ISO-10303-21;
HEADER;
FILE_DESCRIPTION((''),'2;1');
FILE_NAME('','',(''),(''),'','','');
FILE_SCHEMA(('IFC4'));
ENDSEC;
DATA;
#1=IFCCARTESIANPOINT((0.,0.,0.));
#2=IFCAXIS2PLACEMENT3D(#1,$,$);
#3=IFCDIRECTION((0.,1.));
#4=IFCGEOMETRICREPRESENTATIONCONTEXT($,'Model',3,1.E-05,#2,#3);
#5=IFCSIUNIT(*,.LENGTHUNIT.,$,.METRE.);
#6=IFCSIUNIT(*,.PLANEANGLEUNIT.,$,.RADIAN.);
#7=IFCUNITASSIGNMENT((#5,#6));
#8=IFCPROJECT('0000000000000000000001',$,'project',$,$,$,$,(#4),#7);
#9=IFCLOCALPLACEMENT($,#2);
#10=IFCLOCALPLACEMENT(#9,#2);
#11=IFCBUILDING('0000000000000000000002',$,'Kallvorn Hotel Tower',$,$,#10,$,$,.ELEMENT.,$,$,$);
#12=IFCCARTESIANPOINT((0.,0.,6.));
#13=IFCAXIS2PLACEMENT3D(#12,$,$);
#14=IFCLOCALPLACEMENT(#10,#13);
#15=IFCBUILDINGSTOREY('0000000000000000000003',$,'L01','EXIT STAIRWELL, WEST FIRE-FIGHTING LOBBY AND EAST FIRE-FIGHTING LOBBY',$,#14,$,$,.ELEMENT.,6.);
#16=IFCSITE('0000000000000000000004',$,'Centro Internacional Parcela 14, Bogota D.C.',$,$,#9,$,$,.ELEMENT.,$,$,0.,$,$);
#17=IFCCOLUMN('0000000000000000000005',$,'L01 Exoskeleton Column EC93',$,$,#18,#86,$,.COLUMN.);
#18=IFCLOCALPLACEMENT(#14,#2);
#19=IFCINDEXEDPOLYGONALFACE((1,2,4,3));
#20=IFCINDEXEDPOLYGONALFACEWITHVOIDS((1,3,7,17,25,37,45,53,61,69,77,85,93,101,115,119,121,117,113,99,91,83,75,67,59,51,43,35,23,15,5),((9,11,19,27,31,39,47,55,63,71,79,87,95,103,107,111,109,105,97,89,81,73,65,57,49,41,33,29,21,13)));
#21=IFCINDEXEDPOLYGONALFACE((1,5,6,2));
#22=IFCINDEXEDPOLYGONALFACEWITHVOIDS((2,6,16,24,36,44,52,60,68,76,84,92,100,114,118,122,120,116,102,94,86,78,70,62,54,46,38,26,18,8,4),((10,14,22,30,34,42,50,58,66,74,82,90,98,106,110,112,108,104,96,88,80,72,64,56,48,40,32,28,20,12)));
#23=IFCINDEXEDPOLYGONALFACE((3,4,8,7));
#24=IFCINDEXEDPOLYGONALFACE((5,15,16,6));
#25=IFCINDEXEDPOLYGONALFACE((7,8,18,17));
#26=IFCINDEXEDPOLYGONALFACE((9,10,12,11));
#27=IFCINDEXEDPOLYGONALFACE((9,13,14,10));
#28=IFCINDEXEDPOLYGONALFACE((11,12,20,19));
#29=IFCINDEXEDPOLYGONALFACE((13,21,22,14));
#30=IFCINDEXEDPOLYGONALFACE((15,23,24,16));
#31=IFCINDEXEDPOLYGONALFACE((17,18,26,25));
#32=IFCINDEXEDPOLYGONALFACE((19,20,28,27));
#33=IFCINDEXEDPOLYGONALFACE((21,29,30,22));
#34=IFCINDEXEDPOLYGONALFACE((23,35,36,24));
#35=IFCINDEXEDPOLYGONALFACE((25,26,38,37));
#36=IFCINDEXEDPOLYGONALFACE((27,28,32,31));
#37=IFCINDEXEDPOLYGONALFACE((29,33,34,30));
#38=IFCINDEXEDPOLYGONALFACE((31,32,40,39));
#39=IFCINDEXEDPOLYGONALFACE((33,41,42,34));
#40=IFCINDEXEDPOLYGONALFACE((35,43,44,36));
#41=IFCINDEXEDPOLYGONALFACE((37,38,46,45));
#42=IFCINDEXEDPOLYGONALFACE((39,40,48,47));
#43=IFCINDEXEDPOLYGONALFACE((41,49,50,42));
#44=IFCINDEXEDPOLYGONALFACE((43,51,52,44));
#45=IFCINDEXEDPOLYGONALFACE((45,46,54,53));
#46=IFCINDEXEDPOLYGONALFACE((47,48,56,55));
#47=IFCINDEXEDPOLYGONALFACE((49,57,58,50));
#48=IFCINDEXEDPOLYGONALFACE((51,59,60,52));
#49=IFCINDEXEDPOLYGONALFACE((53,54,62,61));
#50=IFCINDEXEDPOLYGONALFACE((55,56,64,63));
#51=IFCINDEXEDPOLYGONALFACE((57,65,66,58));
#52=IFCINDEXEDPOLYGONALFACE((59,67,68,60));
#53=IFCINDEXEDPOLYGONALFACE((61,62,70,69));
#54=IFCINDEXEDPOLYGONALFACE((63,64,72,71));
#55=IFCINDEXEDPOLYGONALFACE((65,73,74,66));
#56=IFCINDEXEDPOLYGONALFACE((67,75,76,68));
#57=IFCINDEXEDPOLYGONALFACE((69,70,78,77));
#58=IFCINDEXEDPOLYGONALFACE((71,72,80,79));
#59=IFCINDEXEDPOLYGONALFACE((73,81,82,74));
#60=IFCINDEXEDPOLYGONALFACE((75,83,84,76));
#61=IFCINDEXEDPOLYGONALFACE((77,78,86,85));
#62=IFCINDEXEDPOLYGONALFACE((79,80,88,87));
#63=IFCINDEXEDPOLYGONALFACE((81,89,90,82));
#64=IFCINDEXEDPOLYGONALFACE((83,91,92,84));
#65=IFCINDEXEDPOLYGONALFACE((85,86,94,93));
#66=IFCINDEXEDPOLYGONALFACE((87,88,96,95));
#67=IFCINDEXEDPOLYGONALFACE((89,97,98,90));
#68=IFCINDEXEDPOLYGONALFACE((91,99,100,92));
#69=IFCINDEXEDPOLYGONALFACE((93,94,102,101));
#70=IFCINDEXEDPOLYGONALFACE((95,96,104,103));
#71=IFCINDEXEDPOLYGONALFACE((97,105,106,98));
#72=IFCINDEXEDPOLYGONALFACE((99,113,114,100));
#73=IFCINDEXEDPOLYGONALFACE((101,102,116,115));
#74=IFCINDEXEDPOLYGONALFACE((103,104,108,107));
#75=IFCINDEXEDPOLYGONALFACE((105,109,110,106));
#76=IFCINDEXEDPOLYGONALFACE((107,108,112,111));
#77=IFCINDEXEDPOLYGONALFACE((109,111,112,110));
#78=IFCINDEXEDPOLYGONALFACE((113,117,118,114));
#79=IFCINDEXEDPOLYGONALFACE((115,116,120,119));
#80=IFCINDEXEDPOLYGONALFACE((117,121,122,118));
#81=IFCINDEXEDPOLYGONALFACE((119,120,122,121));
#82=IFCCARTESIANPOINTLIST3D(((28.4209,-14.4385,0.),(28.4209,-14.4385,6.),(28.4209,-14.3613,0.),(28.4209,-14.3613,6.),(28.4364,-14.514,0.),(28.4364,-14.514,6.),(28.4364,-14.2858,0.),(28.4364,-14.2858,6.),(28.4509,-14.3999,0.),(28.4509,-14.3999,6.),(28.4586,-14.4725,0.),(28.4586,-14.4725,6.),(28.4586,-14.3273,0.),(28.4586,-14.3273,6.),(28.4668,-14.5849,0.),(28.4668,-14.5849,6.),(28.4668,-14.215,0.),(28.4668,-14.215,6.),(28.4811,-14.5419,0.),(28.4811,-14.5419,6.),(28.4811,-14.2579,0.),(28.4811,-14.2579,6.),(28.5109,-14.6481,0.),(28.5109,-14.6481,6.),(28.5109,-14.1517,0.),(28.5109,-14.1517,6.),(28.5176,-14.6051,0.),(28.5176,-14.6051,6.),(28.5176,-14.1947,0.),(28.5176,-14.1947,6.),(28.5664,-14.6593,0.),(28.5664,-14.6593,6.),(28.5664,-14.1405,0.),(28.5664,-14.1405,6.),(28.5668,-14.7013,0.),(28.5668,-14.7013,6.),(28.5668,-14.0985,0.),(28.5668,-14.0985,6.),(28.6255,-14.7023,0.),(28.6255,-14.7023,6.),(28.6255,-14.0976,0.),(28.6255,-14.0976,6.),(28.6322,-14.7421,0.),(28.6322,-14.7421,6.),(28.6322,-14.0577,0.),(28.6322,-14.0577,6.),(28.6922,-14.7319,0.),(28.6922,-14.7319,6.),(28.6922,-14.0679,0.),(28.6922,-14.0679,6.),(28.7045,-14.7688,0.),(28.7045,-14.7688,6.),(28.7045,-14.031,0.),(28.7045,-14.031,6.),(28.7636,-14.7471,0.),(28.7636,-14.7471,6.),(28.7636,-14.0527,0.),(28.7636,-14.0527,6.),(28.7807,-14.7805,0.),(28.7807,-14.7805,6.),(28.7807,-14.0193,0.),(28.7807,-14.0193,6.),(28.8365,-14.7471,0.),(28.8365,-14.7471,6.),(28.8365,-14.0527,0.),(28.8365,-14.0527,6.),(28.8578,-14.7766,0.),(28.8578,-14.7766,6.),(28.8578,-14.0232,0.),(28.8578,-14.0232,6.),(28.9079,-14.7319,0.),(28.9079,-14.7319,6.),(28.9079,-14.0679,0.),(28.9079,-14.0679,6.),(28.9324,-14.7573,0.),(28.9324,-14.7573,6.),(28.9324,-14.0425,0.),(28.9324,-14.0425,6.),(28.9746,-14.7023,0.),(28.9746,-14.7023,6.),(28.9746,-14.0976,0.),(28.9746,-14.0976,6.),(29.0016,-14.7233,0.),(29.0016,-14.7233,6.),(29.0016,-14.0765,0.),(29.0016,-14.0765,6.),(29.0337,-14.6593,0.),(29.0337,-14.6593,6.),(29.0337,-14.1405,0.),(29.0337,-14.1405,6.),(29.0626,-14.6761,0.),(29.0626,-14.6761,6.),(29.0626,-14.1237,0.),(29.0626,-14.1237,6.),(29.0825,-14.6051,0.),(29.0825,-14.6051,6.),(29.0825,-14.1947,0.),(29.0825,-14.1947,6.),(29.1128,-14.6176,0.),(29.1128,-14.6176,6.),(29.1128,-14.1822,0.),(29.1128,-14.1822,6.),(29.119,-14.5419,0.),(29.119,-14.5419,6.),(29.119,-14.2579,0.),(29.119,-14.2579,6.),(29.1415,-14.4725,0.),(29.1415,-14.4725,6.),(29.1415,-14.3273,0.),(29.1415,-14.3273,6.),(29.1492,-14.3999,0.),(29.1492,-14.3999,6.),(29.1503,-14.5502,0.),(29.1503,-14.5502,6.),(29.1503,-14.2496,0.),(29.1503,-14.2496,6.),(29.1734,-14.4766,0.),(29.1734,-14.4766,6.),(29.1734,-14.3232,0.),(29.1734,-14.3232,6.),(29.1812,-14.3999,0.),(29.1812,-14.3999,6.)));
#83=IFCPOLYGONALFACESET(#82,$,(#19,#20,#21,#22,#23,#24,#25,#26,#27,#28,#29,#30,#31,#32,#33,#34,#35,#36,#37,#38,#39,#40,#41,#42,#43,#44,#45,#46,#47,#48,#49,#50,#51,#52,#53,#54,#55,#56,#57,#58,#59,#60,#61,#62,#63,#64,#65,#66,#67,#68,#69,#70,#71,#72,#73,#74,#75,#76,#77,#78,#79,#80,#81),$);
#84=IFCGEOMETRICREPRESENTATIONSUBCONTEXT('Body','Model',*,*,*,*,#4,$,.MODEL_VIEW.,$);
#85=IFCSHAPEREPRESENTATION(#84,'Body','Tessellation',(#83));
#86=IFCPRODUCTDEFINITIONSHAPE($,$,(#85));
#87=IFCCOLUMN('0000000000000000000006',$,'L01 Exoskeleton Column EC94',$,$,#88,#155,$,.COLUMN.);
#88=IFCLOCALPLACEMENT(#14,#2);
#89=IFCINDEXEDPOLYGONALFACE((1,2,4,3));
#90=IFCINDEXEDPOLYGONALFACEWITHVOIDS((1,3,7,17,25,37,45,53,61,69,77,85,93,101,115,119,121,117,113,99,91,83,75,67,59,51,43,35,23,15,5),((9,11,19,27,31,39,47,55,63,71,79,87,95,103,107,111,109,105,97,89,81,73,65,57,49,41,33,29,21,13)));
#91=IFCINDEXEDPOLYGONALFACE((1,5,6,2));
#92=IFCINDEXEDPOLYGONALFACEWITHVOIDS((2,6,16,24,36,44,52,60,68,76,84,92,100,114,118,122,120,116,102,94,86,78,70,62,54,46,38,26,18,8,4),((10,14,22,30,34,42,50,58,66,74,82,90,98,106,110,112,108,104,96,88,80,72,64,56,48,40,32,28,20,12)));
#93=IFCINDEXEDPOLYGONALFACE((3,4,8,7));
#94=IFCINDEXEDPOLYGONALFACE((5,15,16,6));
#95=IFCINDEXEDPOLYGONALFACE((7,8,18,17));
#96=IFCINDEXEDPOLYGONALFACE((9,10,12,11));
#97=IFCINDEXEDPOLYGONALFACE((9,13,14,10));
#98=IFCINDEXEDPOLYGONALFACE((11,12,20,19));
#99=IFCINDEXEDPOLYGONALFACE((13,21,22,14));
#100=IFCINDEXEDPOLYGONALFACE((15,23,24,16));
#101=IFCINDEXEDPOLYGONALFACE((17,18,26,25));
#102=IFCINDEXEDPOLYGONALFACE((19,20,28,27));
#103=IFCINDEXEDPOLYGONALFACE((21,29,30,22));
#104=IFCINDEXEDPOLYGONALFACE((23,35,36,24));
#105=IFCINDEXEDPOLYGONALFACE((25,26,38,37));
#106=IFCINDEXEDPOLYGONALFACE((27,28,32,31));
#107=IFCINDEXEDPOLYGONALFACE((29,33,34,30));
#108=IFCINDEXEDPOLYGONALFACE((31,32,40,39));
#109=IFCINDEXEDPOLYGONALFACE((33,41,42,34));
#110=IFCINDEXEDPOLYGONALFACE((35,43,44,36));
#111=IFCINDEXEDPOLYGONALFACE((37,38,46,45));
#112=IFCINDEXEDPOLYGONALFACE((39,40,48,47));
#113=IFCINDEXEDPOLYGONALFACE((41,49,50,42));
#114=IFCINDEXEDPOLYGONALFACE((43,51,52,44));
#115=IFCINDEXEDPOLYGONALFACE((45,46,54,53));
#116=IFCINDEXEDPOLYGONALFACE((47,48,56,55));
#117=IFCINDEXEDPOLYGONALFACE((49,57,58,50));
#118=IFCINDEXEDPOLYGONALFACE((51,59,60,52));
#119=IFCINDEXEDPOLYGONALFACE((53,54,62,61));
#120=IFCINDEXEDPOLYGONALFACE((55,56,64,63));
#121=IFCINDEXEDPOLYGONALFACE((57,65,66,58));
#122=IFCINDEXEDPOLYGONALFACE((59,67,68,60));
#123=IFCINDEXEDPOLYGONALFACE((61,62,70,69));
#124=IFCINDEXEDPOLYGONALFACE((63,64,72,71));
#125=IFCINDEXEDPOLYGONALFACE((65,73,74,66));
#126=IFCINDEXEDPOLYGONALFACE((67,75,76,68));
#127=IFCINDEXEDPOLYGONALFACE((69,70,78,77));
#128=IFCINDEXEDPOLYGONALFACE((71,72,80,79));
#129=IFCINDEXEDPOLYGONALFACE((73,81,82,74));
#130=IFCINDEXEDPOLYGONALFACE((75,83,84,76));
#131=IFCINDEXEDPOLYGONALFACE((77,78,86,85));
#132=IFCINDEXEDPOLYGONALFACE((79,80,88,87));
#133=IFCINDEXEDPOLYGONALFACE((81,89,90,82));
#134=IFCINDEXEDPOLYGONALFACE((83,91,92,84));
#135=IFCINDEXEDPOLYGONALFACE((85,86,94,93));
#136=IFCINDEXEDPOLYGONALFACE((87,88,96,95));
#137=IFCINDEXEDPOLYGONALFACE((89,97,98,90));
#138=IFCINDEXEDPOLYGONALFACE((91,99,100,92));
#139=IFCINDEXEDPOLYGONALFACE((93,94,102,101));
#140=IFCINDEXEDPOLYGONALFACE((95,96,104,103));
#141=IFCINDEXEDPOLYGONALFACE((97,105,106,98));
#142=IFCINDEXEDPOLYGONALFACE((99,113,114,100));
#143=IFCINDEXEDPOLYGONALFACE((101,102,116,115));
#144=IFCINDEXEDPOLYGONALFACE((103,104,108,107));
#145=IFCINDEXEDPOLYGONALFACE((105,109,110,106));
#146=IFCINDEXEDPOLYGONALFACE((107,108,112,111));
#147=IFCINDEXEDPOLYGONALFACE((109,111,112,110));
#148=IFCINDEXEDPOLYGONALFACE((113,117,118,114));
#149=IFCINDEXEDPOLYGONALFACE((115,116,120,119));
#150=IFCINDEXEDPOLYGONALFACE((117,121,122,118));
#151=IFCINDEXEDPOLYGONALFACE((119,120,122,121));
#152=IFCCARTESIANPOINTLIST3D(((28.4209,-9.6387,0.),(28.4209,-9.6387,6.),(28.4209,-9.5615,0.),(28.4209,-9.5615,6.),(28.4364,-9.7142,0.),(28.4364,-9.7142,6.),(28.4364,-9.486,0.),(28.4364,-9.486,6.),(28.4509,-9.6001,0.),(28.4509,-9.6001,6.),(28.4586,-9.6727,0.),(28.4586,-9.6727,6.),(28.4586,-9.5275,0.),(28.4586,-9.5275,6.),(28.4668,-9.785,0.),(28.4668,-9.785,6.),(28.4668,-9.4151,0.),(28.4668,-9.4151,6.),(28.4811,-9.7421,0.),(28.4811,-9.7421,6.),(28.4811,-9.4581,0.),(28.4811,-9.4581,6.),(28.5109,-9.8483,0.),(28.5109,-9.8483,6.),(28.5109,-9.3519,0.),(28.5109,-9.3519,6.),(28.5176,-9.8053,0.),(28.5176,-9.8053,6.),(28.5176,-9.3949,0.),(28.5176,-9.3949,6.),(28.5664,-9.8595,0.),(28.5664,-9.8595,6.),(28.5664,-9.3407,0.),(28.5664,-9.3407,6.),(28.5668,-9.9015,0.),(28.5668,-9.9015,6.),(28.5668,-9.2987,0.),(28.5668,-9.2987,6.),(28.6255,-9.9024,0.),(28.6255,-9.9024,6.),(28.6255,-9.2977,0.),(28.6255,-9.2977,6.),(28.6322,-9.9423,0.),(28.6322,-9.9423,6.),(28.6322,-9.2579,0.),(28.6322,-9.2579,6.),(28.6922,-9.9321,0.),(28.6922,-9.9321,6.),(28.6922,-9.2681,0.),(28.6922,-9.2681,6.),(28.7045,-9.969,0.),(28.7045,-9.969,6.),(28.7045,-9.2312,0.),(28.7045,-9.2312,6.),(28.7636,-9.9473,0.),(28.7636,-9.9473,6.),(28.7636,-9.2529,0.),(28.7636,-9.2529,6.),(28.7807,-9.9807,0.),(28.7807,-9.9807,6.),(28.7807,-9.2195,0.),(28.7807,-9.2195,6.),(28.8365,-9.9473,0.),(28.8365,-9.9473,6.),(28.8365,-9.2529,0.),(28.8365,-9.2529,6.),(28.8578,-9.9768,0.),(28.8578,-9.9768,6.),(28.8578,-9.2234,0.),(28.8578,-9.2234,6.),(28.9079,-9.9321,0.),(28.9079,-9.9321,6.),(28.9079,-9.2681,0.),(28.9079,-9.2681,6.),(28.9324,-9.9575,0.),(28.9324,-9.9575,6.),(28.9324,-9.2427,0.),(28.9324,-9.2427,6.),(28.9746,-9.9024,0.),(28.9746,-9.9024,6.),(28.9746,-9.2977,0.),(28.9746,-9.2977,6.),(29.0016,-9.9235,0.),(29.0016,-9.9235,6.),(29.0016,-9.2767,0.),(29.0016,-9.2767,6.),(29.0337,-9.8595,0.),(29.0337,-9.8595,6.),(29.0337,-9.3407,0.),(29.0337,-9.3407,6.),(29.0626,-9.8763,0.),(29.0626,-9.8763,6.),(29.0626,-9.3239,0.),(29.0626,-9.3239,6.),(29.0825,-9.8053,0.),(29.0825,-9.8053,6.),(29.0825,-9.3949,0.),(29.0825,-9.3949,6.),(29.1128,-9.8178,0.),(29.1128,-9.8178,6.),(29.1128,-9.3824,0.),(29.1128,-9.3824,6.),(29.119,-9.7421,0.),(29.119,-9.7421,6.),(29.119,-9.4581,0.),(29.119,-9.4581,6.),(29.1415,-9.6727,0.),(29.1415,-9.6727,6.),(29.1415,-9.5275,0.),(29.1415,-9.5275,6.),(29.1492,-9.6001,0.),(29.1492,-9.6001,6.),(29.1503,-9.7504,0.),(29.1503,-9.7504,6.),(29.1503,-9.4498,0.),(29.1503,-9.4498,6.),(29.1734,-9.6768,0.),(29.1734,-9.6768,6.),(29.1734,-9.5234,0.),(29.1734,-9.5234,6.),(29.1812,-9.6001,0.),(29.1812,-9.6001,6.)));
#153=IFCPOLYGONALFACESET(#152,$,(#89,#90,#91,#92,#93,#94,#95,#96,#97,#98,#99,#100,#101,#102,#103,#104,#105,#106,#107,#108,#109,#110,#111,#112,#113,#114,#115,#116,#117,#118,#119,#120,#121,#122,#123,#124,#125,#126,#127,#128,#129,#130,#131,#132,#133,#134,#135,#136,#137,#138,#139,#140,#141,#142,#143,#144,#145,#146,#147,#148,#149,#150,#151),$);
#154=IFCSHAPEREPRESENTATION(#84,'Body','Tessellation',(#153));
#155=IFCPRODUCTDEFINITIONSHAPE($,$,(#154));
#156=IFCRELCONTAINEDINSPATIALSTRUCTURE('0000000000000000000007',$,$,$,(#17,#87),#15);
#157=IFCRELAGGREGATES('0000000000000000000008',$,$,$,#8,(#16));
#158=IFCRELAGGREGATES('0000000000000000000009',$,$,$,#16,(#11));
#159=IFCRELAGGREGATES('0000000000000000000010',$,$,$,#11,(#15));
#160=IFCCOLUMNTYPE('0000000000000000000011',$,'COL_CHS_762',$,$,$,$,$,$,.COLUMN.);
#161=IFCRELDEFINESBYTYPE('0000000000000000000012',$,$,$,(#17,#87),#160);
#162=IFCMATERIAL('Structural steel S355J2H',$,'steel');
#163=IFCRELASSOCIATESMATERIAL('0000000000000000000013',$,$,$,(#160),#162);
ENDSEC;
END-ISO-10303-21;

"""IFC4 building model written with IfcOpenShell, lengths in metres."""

from ifc_helpers import new_model, si_unit, direction, frame, origin, origin_2d, place, context, subcontext, project, spatial, hollow_circle, extrude, material, material_profile, profile_set, type_object, element, save


model = new_model("IFC4")

# Units and contexts
model_context = context("Model", 3, precision=1e-05, world=origin(), true_north=direction((0.0, 1.0)))
body_context = subcontext(model_context, "Body", "Model", "MODEL_VIEW")
ifc_project = project(units=[si_unit("LENGTHUNIT", "METRE"), si_unit("PLANEANGLEUNIT", "RADIAN")], contexts=[model_context])

# Site, building, storey
site_placement = place(None, origin())
site = spatial("IfcSite", under=ifc_project, at=site_placement, Name="Centro Internacional Parcela 14, Bogota D.C.", CompositionType="ELEMENT", RefElevation=0.0)
building_placement = place(site_placement, origin())
building = spatial("IfcBuilding", under=site, at=building_placement, Name="Kallvorn Hotel Tower", CompositionType="ELEMENT")
storey_placement = place(building_placement, frame((0.0, 0.0, 6.0)))
storey = spatial("IfcBuildingStorey", under=building, at=storey_placement, Name="L01", Description="EXIT STAIRWELL, WEST FIRE-FIGHTING LOBBY AND EAST FIRE-FIGHTING LOBBY", CompositionType="ELEMENT", Elevation=6.0)

# Columns
ifc_material_1 = material(Name="Structural steel S355J2H", Category="steel")
ifc_material_profile_1 = material_profile(ifc_material_1, hollow_circle(Radius=0.3811, WallThickness=0.032, at=origin_2d()), Name="CHS 762x32")
ifc_profile_set_1 = profile_set([ifc_material_profile_1], Name="Structural steel S355J2H")
column_type = type_object("IfcColumnType", Name="COL_CHS_762", PredefinedType="COLUMN", material=ifc_profile_set_1)
for number, where, z_axis, x_axis, name in (
    (1, (28.8, -14.3999, 0.0), (0.0, 0.0, 1.0), (1.0, 0.0, 0.0), "L01 Exoskeleton Column EC93"),
    (2, (28.8, -9.6001, 0.0), (0.0, 0.0, 1.0), (1.0, 0.0, 0.0), "L01 Exoskeleton Column EC94"),
):
    element("IfcColumn", number, at=place(storey_placement, frame(where, z_axis=z_axis, x_axis=x_axis)), inside=storey, type_object=column_type, Name=name, PredefinedType="COLUMN", context=body_context, shape_type="SweptSolid", body=[
        extrude(hollow_circle(Radius=0.3811, WallThickness=0.032, at=origin_2d()), origin(), (0.0, 0.0, 1.0), 6.0),
    ])

save(model, "model.ifc")
